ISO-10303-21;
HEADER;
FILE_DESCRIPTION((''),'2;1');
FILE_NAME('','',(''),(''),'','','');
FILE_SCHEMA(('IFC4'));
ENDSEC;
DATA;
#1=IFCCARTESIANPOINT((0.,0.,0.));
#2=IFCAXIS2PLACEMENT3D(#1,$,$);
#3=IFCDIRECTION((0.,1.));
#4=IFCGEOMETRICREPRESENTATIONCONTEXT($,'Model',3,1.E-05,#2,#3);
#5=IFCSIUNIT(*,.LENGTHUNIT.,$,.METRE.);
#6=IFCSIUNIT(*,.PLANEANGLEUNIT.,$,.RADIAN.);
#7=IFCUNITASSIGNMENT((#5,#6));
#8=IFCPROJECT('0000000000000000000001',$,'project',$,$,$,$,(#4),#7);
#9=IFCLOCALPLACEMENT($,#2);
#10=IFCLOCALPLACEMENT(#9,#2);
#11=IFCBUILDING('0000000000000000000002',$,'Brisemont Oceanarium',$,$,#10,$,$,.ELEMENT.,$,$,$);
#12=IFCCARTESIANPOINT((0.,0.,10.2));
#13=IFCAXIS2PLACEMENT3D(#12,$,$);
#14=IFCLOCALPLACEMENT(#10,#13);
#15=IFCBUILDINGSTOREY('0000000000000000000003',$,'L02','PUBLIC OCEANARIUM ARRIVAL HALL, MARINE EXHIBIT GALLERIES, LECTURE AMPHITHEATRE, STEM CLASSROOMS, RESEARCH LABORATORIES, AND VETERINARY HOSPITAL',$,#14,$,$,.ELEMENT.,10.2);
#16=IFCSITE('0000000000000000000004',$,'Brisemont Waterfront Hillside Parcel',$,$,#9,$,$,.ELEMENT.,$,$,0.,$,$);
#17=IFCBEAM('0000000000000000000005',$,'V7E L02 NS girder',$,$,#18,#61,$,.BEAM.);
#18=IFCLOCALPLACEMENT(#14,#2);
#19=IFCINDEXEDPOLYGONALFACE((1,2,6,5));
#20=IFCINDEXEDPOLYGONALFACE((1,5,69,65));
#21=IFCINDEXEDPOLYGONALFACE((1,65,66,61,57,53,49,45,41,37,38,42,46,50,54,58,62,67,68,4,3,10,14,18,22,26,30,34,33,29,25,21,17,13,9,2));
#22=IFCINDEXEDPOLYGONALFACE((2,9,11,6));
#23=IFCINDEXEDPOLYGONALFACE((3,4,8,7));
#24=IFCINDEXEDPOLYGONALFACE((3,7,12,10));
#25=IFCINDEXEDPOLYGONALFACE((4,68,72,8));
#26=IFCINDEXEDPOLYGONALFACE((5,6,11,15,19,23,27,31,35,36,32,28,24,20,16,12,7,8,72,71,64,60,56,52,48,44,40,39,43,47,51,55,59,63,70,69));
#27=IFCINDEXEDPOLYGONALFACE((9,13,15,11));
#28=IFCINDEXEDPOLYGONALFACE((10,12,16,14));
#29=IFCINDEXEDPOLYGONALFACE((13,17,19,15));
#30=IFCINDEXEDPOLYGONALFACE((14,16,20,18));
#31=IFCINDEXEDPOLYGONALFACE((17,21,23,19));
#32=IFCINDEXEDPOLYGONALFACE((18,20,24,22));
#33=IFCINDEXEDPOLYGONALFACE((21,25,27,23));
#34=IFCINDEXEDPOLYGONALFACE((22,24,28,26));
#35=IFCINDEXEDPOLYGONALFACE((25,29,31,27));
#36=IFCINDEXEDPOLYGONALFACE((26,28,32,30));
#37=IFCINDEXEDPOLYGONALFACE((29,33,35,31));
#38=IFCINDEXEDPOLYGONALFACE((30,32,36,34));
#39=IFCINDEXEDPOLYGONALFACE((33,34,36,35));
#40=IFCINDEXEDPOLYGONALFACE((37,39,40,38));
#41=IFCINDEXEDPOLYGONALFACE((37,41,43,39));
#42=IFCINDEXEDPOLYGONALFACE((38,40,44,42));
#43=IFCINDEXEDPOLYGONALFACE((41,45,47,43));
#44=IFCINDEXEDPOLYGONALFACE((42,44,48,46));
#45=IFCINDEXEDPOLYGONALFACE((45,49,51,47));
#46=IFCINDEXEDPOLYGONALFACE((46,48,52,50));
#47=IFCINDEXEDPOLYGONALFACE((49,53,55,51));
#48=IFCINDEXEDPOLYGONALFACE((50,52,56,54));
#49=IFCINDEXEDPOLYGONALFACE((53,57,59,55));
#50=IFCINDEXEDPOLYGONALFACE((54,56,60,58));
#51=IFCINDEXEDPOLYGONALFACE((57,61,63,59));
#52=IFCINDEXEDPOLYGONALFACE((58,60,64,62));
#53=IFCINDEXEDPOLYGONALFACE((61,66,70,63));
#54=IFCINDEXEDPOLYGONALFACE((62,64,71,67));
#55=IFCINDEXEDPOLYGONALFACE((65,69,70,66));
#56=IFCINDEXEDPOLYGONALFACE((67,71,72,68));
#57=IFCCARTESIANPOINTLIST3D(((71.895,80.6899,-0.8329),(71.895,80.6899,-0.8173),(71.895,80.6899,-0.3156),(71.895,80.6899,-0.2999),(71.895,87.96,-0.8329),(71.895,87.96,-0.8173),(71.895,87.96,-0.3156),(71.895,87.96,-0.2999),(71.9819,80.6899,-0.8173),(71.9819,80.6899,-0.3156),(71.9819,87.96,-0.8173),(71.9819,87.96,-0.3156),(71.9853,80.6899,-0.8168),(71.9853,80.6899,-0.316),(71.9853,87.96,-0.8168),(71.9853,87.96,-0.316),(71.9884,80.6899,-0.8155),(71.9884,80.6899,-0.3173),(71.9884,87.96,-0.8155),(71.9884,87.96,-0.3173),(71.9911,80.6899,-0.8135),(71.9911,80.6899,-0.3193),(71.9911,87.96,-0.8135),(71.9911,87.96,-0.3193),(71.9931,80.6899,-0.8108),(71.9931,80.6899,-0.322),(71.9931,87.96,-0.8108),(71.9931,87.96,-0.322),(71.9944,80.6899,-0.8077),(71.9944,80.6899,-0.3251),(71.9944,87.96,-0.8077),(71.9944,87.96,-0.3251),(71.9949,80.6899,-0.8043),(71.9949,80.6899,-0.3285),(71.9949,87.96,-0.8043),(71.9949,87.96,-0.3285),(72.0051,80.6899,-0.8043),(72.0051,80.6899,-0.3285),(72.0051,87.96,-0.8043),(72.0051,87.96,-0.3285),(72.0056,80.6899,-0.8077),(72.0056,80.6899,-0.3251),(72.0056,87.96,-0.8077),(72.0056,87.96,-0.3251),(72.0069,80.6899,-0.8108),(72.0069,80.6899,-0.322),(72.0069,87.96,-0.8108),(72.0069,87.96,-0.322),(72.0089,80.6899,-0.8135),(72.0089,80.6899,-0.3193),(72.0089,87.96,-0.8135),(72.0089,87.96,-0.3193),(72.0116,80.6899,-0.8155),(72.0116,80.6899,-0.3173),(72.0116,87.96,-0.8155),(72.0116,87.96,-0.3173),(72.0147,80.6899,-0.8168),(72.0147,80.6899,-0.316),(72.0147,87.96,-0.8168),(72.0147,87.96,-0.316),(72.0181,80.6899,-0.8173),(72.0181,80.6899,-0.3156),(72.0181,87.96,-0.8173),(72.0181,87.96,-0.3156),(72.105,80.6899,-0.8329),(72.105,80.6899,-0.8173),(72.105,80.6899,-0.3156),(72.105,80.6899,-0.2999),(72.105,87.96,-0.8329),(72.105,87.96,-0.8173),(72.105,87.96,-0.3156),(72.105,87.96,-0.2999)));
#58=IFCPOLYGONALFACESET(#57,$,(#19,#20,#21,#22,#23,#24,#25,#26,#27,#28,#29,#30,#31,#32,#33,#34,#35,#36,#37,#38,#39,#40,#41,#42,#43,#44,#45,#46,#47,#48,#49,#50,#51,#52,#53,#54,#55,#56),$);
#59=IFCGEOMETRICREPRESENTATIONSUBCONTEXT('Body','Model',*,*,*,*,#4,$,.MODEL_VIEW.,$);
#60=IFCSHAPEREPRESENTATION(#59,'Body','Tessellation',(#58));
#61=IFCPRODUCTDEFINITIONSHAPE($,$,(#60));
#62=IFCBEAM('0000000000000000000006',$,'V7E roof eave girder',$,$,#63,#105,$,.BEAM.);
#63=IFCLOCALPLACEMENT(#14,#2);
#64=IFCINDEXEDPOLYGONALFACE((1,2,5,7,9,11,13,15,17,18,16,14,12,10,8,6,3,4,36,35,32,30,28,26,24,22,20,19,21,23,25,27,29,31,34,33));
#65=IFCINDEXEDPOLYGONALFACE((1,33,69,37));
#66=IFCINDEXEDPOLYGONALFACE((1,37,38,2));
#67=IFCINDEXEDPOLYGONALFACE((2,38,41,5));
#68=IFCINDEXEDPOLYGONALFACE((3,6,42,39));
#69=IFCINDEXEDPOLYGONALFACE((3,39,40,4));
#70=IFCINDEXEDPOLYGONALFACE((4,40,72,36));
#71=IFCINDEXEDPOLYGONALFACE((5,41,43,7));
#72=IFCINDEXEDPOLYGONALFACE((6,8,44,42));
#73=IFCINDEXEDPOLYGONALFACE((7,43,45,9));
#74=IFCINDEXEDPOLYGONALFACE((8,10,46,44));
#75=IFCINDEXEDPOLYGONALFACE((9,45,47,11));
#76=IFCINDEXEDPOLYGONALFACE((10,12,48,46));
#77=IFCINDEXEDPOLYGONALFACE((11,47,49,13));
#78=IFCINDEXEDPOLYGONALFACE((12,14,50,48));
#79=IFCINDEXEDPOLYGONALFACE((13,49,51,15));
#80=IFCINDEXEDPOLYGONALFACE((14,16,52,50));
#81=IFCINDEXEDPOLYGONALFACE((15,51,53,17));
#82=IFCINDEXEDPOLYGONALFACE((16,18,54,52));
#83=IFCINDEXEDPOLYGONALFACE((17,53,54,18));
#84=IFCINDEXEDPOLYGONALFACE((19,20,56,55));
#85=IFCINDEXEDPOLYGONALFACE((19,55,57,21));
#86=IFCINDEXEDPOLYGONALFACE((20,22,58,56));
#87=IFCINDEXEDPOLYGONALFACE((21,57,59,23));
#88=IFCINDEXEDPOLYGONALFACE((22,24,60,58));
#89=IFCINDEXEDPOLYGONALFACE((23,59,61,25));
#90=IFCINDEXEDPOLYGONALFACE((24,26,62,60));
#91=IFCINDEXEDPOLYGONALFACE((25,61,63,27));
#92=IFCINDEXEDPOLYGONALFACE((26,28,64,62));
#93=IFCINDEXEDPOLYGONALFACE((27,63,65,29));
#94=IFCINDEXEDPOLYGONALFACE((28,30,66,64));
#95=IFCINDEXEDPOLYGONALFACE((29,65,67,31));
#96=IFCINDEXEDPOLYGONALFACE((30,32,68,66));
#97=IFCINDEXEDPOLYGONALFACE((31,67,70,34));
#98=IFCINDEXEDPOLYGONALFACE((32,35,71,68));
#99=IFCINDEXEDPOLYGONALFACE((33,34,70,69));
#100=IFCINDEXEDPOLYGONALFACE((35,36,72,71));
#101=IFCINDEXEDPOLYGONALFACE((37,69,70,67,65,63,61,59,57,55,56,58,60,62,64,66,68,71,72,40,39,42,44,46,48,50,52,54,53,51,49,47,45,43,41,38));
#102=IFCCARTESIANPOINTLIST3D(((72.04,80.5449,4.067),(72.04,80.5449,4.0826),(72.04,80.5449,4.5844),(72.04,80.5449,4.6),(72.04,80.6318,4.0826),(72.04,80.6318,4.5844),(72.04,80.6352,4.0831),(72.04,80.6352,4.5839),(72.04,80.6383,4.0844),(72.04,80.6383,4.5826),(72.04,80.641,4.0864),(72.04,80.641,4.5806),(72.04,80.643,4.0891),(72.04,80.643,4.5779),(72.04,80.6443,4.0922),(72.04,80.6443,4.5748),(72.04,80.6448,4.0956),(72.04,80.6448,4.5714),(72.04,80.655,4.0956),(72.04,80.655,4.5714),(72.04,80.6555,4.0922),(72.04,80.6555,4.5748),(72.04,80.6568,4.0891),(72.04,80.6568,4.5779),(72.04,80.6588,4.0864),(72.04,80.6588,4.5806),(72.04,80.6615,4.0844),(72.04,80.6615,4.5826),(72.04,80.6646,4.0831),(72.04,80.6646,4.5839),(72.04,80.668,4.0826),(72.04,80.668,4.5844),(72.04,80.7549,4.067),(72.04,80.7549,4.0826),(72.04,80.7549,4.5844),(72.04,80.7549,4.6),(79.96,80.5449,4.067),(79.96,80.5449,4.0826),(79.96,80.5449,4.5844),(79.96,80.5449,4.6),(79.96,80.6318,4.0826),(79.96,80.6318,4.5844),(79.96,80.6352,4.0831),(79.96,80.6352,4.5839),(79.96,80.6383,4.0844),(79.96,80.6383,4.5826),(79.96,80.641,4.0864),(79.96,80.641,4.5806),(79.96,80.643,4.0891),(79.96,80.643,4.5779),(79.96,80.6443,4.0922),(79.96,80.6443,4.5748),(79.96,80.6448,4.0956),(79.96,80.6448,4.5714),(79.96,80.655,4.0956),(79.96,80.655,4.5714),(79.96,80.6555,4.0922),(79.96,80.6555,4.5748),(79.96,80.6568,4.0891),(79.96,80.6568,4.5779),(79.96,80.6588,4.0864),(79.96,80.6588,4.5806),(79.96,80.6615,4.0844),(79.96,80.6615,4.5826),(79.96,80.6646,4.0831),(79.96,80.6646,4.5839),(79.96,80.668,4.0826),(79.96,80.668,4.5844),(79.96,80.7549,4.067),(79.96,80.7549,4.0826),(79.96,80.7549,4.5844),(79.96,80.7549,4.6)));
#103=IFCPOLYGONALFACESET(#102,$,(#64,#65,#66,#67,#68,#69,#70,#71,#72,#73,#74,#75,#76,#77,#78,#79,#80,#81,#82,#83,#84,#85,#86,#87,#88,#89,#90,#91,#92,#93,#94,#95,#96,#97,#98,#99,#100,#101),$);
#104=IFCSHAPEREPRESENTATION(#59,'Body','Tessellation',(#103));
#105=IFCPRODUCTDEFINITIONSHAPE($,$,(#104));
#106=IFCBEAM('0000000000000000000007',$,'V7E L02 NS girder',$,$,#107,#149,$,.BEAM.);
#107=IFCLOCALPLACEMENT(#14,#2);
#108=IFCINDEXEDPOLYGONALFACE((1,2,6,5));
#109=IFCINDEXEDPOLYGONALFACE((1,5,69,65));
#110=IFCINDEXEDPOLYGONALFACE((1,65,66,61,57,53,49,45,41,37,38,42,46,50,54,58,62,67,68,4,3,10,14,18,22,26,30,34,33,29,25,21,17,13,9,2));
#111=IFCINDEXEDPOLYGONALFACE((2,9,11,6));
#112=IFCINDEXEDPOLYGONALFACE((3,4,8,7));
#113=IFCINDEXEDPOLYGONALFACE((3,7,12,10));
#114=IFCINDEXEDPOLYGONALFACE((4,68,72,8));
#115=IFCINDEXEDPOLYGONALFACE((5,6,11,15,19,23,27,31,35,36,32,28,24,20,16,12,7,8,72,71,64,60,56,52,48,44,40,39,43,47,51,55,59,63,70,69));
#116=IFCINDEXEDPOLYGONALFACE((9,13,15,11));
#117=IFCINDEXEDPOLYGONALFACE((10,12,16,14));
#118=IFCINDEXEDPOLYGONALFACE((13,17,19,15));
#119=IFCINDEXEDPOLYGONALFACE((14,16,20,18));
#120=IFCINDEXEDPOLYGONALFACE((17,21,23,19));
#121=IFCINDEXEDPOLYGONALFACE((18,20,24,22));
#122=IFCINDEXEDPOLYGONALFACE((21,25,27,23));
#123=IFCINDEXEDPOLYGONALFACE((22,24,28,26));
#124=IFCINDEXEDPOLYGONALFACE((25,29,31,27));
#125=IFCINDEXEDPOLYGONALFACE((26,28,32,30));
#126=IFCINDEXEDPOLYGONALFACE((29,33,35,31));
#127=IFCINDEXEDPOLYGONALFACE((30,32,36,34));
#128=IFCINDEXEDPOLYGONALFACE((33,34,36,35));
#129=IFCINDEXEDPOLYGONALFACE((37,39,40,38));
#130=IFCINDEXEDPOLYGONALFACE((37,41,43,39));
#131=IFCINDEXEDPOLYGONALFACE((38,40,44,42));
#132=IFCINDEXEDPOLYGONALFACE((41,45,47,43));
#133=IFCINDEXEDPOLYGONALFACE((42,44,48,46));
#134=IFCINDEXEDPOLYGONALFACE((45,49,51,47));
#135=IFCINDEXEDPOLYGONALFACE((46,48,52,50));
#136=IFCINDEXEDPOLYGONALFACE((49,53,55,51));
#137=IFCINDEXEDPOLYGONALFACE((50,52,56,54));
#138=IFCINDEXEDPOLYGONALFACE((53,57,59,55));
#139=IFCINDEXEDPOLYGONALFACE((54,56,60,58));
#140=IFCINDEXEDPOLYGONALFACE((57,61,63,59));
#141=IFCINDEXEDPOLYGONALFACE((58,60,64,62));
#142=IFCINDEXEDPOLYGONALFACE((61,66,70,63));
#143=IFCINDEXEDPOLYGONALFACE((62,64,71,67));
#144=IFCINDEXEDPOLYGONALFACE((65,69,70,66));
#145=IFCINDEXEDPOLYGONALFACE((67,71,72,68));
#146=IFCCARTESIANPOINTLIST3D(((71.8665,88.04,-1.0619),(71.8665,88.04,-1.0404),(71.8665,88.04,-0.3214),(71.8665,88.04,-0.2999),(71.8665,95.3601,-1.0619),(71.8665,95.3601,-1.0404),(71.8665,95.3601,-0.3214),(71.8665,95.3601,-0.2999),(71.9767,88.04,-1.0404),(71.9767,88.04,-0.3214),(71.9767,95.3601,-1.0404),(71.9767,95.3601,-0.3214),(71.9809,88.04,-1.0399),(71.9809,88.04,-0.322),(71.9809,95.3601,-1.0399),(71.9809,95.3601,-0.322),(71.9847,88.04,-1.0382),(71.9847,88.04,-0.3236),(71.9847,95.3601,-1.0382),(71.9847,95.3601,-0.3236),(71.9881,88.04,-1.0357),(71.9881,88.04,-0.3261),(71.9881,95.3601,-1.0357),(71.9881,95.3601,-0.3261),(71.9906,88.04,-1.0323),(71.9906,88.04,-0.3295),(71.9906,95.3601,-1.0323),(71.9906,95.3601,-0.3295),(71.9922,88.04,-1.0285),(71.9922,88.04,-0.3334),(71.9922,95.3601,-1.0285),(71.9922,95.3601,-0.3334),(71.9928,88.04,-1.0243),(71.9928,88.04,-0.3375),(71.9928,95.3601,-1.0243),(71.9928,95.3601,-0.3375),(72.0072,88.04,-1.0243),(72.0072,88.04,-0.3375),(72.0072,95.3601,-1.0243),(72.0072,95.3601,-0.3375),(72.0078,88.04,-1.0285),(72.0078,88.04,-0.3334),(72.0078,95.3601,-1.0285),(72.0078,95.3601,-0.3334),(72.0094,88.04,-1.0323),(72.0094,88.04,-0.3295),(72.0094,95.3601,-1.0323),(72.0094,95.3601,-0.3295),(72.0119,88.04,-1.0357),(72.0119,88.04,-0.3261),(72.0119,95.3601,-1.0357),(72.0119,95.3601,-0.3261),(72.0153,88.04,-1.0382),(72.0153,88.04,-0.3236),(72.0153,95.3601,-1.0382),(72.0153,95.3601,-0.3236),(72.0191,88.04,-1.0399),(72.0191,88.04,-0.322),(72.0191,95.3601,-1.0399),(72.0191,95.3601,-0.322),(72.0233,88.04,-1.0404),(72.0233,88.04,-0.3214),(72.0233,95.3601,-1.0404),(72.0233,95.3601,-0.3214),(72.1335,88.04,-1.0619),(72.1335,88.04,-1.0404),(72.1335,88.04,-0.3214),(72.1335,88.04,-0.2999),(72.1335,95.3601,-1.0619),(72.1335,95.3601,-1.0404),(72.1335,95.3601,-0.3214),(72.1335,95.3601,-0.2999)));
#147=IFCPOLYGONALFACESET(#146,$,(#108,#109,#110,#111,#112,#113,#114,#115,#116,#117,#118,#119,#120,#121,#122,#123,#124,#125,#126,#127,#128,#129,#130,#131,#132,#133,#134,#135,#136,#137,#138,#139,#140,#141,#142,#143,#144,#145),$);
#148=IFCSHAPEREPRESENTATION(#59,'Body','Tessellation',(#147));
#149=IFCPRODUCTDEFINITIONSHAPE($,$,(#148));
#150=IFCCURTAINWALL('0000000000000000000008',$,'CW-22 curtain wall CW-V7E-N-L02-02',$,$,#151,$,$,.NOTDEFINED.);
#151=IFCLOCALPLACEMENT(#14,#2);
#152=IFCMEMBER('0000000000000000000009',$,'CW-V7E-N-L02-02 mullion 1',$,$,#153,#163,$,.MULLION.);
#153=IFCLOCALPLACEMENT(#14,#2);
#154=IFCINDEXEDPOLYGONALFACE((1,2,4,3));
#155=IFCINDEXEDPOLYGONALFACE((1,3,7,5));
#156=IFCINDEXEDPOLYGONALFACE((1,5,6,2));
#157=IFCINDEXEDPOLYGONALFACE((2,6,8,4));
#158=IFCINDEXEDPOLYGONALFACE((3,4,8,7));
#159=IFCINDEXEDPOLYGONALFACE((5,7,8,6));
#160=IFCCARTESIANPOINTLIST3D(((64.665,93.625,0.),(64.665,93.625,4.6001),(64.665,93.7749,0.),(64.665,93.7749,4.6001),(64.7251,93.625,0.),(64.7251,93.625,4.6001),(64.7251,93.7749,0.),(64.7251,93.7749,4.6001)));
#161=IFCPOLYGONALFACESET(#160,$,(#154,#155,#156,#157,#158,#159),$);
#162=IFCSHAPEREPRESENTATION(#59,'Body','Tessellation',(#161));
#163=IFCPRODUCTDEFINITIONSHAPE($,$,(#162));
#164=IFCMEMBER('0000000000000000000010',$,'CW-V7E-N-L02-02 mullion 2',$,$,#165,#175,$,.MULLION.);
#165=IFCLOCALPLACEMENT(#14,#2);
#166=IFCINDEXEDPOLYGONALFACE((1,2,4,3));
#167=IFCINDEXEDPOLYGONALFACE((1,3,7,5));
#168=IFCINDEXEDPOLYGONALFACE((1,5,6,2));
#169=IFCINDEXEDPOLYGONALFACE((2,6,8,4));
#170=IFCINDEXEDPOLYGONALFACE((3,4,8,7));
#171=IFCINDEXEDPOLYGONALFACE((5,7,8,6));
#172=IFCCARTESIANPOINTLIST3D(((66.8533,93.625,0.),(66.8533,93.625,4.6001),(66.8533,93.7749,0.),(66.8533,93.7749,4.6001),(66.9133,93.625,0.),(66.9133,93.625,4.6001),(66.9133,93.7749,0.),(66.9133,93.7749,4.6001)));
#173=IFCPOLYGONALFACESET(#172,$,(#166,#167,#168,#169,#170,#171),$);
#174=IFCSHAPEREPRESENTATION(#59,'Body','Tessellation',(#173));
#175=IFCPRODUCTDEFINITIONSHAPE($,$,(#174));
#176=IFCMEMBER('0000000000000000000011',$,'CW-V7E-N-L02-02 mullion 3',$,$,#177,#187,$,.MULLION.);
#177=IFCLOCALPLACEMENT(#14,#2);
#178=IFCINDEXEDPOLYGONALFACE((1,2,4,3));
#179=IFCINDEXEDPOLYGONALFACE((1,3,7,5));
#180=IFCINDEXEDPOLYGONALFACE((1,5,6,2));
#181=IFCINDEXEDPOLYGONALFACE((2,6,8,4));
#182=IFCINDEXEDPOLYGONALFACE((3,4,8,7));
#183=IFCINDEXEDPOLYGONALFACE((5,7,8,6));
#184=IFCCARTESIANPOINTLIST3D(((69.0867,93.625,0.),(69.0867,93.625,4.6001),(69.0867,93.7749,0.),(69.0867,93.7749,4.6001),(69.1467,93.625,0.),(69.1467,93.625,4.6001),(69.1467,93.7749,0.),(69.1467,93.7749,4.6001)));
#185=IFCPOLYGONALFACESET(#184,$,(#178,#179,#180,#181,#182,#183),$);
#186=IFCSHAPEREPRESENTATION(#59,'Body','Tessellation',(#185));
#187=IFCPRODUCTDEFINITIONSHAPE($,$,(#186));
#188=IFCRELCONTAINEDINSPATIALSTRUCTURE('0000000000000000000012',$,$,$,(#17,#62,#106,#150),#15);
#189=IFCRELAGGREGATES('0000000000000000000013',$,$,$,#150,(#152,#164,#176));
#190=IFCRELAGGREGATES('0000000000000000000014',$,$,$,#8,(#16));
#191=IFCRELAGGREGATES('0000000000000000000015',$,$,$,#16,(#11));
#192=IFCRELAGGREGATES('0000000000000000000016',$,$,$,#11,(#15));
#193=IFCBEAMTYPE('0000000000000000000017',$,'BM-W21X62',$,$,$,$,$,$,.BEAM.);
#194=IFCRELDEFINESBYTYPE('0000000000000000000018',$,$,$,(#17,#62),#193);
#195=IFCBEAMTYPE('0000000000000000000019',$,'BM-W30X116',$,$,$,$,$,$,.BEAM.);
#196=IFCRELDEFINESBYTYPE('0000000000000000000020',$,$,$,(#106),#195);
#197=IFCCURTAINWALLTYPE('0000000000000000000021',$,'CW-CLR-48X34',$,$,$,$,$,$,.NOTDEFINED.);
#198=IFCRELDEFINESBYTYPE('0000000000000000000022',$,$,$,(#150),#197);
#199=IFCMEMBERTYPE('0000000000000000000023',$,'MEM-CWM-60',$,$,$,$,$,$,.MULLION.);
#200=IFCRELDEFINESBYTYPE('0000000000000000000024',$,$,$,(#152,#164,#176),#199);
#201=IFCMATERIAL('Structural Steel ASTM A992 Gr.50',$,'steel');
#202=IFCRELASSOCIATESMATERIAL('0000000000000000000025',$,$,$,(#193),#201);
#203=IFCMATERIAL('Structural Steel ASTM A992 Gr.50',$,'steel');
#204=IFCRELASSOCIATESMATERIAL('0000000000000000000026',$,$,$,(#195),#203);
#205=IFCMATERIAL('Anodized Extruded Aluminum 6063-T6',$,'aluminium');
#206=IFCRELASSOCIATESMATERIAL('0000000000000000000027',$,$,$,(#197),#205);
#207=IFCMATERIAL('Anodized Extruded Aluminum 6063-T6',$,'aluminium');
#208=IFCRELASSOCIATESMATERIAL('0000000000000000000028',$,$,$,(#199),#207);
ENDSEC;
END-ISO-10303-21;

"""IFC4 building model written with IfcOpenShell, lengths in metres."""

from ifc_helpers import new_model, si_unit, direction, frame, origin, origin_2d, place, context, subcontext, project, spatial, rectangle, i_section, extrude, material, material_profile, profile_set, type_object, element, aggregate, save


model = new_model("IFC4")

# Units and contexts
model_context = context("Model", 3, precision=1e-05, world=origin(), true_north=direction((0.0, 1.0)))
body_context = subcontext(model_context, "Body", "Model", "MODEL_VIEW")
ifc_project = project(units=[si_unit("LENGTHUNIT", "METRE"), si_unit("PLANEANGLEUNIT", "RADIAN")], contexts=[model_context])

# Site, building, storey
site_placement = place(None, origin())
site = spatial("IfcSite", under=ifc_project, at=site_placement, Name="Brisemont Waterfront Hillside Parcel", CompositionType="ELEMENT", RefElevation=0.0)
building_placement = place(site_placement, origin())
building = spatial("IfcBuilding", under=site, at=building_placement, Name="Brisemont Oceanarium", CompositionType="ELEMENT")
storey_placement = place(building_placement, frame((0.0, 0.0, 10.2)))
storey = spatial("IfcBuildingStorey", under=building, at=storey_placement, Name="L02", Description="PUBLIC OCEANARIUM ARRIVAL HALL, MARINE EXHIBIT GALLERIES, LECTURE AMPHITHEATRE, STEM CLASSROOMS, RESEARCH LABORATORIES, AND VETERINARY HOSPITAL", CompositionType="ELEMENT", Elevation=10.2)

# Beams
ifc_material_1 = material(Name="Structural Steel ASTM A992 Gr.50", Category="steel")
ifc_material_profile_1 = material_profile(ifc_material_1, i_section(OverallWidth=0.21, OverallDepth=0.533, WebThickness=0.0103, FlangeThickness=0.0156, FilletRadius=0.0129, at=origin_2d()), Name="W21X62")
ifc_profile_set_1 = profile_set([ifc_material_profile_1], Name="Structural Steel ASTM A992 Gr.50")
beam_type_1 = type_object("IfcBeamType", Name="BM-W21X62", PredefinedType="BEAM", material=ifc_profile_set_1)
beam_1_placement = place(storey_placement, frame((72.0, 80.6899, -0.5664), z_axis=(0.0, 1.0, 0.0), x_axis=(-1.0, 0.0, 0.0)))
element("IfcBeam", 1, at=beam_1_placement, inside=storey, type_object=beam_type_1, Name="V7E L02 NS girder", PredefinedType="BEAM", context=body_context, shape_type="SweptSolid", body=[
    extrude(i_section(OverallWidth=0.21, OverallDepth=0.533, WebThickness=0.0103, FlangeThickness=0.0156, FilletRadius=0.0129, at=origin_2d()), origin(), (0.0, 0.0, 1.0), 7.27),
])
beam_2_placement = place(storey_placement, frame((72.04, 80.6499, 4.3335), z_axis=(1.0, 0.0, 0.0), x_axis=(0.0, 1.0, 0.0)))
element("IfcBeam", 2, at=beam_2_placement, inside=storey, type_object=beam_type_1, Name="V7E roof eave girder", PredefinedType="BEAM", context=body_context, shape_type="SweptSolid", body=[
    extrude(i_section(OverallWidth=0.21, OverallDepth=0.533, WebThickness=0.0103, FlangeThickness=0.0156, FilletRadius=0.0129, at=origin_2d()), origin(), (0.0, 0.0, 1.0), 7.9199),
])
ifc_material_2 = material(Name="Structural Steel ASTM A992 Gr.50", Category="steel")
ifc_material_profile_2 = material_profile(ifc_material_2, i_section(OverallWidth=0.2671, OverallDepth=0.762, WebThickness=0.0144, FlangeThickness=0.0215, FilletRadius=0.0161, at=origin_2d()), Name="W30X116")
ifc_profile_set_2 = profile_set([ifc_material_profile_2], Name="Structural Steel ASTM A992 Gr.50")
beam_type_2 = type_object("IfcBeamType", Name="BM-W30X116", PredefinedType="BEAM", material=ifc_profile_set_2)
beam_3_placement = place(storey_placement, frame((72.0, 88.04, -0.6809), z_axis=(0.0, 1.0, 0.0), x_axis=(-1.0, 0.0, 0.0)))
element("IfcBeam", 3, at=beam_3_placement, inside=storey, type_object=beam_type_2, Name="V7E L02 NS girder", PredefinedType="BEAM", context=body_context, shape_type="SweptSolid", body=[
    extrude(i_section(OverallWidth=0.2671, OverallDepth=0.762, WebThickness=0.0144, FlangeThickness=0.0215, FilletRadius=0.0161, at=origin_2d()), origin(), (0.0, 0.0, 1.0), 7.3201),
])

# Curtain wall, members
ifc_material_3 = material(Name="Anodized Extruded Aluminum 6063-T6", Category="aluminium")
curtain_wall_type = type_object("IfcCurtainWallType", Name="CW-CLR-48X34", PredefinedType="NOTDEFINED", material=ifc_material_3)
curtain_wall_placement = place(storey_placement, origin())
curtain_wall = element("IfcCurtainWall", 4, at=curtain_wall_placement, inside=storey, type_object=curtain_wall_type, Name="CW-22 curtain wall CW-V7E-N-L02-02", PredefinedType="NOTDEFINED")
ifc_material_4 = material(Name="Anodized Extruded Aluminum 6063-T6", Category="aluminium")
ifc_material_profile_3 = material_profile(ifc_material_4, rectangle(XDim=0.0601, YDim=0.1499, at=origin_2d()), Name="CWM-60X150")
ifc_profile_set_3 = profile_set([ifc_material_profile_3], Name="Anodized Extruded Aluminum 6063-T6")
member_type_1 = type_object("IfcMemberType", Name="MEM-CWM-60", PredefinedType="MULLION", material=ifc_profile_set_3)
member_1_placement = place(storey_placement, frame((64.6951, 93.7, 0.0), z_axis=(0.0, 0.0, 1.0), x_axis=(1.0, 0.0, 0.0)))
member_1 = element("IfcMember", 5, at=member_1_placement, type_object=member_type_1, Name="CW-V7E-N-L02-02 mullion 1", PredefinedType="MULLION", context=body_context, shape_type="SweptSolid", body=[
    extrude(rectangle(XDim=0.0601, YDim=0.1499, at=origin_2d()), origin(), (0.0, 0.0, 1.0), 4.6001),
])
member_2_placement = place(storey_placement, frame((66.8833, 93.7, 0.0), z_axis=(0.0, 0.0, 1.0), x_axis=(1.0, 0.0, 0.0)))
member_2 = element("IfcMember", 6, at=member_2_placement, type_object=member_type_1, Name="CW-V7E-N-L02-02 mullion 2", PredefinedType="MULLION", context=body_context, shape_type="SweptSolid", body=[
    extrude(rectangle(XDim=0.0601, YDim=0.1499, at=origin_2d()), origin(), (0.0, 0.0, 1.0), 4.6001),
])
member_3_placement = place(storey_placement, frame((69.1167, 93.7, 0.0), z_axis=(0.0, 0.0, 1.0), x_axis=(1.0, 0.0, 0.0)))
member_3 = element("IfcMember", 7, at=member_3_placement, type_object=member_type_1, Name="CW-V7E-N-L02-02 mullion 3", PredefinedType="MULLION", context=body_context, shape_type="SweptSolid", body=[
    extrude(rectangle(XDim=0.0601, YDim=0.1499, at=origin_2d()), origin(), (0.0, 0.0, 1.0), 4.6001),
])

aggregate(curtain_wall, [member_1, member_2, member_3])

save(model, "model.ifc")
